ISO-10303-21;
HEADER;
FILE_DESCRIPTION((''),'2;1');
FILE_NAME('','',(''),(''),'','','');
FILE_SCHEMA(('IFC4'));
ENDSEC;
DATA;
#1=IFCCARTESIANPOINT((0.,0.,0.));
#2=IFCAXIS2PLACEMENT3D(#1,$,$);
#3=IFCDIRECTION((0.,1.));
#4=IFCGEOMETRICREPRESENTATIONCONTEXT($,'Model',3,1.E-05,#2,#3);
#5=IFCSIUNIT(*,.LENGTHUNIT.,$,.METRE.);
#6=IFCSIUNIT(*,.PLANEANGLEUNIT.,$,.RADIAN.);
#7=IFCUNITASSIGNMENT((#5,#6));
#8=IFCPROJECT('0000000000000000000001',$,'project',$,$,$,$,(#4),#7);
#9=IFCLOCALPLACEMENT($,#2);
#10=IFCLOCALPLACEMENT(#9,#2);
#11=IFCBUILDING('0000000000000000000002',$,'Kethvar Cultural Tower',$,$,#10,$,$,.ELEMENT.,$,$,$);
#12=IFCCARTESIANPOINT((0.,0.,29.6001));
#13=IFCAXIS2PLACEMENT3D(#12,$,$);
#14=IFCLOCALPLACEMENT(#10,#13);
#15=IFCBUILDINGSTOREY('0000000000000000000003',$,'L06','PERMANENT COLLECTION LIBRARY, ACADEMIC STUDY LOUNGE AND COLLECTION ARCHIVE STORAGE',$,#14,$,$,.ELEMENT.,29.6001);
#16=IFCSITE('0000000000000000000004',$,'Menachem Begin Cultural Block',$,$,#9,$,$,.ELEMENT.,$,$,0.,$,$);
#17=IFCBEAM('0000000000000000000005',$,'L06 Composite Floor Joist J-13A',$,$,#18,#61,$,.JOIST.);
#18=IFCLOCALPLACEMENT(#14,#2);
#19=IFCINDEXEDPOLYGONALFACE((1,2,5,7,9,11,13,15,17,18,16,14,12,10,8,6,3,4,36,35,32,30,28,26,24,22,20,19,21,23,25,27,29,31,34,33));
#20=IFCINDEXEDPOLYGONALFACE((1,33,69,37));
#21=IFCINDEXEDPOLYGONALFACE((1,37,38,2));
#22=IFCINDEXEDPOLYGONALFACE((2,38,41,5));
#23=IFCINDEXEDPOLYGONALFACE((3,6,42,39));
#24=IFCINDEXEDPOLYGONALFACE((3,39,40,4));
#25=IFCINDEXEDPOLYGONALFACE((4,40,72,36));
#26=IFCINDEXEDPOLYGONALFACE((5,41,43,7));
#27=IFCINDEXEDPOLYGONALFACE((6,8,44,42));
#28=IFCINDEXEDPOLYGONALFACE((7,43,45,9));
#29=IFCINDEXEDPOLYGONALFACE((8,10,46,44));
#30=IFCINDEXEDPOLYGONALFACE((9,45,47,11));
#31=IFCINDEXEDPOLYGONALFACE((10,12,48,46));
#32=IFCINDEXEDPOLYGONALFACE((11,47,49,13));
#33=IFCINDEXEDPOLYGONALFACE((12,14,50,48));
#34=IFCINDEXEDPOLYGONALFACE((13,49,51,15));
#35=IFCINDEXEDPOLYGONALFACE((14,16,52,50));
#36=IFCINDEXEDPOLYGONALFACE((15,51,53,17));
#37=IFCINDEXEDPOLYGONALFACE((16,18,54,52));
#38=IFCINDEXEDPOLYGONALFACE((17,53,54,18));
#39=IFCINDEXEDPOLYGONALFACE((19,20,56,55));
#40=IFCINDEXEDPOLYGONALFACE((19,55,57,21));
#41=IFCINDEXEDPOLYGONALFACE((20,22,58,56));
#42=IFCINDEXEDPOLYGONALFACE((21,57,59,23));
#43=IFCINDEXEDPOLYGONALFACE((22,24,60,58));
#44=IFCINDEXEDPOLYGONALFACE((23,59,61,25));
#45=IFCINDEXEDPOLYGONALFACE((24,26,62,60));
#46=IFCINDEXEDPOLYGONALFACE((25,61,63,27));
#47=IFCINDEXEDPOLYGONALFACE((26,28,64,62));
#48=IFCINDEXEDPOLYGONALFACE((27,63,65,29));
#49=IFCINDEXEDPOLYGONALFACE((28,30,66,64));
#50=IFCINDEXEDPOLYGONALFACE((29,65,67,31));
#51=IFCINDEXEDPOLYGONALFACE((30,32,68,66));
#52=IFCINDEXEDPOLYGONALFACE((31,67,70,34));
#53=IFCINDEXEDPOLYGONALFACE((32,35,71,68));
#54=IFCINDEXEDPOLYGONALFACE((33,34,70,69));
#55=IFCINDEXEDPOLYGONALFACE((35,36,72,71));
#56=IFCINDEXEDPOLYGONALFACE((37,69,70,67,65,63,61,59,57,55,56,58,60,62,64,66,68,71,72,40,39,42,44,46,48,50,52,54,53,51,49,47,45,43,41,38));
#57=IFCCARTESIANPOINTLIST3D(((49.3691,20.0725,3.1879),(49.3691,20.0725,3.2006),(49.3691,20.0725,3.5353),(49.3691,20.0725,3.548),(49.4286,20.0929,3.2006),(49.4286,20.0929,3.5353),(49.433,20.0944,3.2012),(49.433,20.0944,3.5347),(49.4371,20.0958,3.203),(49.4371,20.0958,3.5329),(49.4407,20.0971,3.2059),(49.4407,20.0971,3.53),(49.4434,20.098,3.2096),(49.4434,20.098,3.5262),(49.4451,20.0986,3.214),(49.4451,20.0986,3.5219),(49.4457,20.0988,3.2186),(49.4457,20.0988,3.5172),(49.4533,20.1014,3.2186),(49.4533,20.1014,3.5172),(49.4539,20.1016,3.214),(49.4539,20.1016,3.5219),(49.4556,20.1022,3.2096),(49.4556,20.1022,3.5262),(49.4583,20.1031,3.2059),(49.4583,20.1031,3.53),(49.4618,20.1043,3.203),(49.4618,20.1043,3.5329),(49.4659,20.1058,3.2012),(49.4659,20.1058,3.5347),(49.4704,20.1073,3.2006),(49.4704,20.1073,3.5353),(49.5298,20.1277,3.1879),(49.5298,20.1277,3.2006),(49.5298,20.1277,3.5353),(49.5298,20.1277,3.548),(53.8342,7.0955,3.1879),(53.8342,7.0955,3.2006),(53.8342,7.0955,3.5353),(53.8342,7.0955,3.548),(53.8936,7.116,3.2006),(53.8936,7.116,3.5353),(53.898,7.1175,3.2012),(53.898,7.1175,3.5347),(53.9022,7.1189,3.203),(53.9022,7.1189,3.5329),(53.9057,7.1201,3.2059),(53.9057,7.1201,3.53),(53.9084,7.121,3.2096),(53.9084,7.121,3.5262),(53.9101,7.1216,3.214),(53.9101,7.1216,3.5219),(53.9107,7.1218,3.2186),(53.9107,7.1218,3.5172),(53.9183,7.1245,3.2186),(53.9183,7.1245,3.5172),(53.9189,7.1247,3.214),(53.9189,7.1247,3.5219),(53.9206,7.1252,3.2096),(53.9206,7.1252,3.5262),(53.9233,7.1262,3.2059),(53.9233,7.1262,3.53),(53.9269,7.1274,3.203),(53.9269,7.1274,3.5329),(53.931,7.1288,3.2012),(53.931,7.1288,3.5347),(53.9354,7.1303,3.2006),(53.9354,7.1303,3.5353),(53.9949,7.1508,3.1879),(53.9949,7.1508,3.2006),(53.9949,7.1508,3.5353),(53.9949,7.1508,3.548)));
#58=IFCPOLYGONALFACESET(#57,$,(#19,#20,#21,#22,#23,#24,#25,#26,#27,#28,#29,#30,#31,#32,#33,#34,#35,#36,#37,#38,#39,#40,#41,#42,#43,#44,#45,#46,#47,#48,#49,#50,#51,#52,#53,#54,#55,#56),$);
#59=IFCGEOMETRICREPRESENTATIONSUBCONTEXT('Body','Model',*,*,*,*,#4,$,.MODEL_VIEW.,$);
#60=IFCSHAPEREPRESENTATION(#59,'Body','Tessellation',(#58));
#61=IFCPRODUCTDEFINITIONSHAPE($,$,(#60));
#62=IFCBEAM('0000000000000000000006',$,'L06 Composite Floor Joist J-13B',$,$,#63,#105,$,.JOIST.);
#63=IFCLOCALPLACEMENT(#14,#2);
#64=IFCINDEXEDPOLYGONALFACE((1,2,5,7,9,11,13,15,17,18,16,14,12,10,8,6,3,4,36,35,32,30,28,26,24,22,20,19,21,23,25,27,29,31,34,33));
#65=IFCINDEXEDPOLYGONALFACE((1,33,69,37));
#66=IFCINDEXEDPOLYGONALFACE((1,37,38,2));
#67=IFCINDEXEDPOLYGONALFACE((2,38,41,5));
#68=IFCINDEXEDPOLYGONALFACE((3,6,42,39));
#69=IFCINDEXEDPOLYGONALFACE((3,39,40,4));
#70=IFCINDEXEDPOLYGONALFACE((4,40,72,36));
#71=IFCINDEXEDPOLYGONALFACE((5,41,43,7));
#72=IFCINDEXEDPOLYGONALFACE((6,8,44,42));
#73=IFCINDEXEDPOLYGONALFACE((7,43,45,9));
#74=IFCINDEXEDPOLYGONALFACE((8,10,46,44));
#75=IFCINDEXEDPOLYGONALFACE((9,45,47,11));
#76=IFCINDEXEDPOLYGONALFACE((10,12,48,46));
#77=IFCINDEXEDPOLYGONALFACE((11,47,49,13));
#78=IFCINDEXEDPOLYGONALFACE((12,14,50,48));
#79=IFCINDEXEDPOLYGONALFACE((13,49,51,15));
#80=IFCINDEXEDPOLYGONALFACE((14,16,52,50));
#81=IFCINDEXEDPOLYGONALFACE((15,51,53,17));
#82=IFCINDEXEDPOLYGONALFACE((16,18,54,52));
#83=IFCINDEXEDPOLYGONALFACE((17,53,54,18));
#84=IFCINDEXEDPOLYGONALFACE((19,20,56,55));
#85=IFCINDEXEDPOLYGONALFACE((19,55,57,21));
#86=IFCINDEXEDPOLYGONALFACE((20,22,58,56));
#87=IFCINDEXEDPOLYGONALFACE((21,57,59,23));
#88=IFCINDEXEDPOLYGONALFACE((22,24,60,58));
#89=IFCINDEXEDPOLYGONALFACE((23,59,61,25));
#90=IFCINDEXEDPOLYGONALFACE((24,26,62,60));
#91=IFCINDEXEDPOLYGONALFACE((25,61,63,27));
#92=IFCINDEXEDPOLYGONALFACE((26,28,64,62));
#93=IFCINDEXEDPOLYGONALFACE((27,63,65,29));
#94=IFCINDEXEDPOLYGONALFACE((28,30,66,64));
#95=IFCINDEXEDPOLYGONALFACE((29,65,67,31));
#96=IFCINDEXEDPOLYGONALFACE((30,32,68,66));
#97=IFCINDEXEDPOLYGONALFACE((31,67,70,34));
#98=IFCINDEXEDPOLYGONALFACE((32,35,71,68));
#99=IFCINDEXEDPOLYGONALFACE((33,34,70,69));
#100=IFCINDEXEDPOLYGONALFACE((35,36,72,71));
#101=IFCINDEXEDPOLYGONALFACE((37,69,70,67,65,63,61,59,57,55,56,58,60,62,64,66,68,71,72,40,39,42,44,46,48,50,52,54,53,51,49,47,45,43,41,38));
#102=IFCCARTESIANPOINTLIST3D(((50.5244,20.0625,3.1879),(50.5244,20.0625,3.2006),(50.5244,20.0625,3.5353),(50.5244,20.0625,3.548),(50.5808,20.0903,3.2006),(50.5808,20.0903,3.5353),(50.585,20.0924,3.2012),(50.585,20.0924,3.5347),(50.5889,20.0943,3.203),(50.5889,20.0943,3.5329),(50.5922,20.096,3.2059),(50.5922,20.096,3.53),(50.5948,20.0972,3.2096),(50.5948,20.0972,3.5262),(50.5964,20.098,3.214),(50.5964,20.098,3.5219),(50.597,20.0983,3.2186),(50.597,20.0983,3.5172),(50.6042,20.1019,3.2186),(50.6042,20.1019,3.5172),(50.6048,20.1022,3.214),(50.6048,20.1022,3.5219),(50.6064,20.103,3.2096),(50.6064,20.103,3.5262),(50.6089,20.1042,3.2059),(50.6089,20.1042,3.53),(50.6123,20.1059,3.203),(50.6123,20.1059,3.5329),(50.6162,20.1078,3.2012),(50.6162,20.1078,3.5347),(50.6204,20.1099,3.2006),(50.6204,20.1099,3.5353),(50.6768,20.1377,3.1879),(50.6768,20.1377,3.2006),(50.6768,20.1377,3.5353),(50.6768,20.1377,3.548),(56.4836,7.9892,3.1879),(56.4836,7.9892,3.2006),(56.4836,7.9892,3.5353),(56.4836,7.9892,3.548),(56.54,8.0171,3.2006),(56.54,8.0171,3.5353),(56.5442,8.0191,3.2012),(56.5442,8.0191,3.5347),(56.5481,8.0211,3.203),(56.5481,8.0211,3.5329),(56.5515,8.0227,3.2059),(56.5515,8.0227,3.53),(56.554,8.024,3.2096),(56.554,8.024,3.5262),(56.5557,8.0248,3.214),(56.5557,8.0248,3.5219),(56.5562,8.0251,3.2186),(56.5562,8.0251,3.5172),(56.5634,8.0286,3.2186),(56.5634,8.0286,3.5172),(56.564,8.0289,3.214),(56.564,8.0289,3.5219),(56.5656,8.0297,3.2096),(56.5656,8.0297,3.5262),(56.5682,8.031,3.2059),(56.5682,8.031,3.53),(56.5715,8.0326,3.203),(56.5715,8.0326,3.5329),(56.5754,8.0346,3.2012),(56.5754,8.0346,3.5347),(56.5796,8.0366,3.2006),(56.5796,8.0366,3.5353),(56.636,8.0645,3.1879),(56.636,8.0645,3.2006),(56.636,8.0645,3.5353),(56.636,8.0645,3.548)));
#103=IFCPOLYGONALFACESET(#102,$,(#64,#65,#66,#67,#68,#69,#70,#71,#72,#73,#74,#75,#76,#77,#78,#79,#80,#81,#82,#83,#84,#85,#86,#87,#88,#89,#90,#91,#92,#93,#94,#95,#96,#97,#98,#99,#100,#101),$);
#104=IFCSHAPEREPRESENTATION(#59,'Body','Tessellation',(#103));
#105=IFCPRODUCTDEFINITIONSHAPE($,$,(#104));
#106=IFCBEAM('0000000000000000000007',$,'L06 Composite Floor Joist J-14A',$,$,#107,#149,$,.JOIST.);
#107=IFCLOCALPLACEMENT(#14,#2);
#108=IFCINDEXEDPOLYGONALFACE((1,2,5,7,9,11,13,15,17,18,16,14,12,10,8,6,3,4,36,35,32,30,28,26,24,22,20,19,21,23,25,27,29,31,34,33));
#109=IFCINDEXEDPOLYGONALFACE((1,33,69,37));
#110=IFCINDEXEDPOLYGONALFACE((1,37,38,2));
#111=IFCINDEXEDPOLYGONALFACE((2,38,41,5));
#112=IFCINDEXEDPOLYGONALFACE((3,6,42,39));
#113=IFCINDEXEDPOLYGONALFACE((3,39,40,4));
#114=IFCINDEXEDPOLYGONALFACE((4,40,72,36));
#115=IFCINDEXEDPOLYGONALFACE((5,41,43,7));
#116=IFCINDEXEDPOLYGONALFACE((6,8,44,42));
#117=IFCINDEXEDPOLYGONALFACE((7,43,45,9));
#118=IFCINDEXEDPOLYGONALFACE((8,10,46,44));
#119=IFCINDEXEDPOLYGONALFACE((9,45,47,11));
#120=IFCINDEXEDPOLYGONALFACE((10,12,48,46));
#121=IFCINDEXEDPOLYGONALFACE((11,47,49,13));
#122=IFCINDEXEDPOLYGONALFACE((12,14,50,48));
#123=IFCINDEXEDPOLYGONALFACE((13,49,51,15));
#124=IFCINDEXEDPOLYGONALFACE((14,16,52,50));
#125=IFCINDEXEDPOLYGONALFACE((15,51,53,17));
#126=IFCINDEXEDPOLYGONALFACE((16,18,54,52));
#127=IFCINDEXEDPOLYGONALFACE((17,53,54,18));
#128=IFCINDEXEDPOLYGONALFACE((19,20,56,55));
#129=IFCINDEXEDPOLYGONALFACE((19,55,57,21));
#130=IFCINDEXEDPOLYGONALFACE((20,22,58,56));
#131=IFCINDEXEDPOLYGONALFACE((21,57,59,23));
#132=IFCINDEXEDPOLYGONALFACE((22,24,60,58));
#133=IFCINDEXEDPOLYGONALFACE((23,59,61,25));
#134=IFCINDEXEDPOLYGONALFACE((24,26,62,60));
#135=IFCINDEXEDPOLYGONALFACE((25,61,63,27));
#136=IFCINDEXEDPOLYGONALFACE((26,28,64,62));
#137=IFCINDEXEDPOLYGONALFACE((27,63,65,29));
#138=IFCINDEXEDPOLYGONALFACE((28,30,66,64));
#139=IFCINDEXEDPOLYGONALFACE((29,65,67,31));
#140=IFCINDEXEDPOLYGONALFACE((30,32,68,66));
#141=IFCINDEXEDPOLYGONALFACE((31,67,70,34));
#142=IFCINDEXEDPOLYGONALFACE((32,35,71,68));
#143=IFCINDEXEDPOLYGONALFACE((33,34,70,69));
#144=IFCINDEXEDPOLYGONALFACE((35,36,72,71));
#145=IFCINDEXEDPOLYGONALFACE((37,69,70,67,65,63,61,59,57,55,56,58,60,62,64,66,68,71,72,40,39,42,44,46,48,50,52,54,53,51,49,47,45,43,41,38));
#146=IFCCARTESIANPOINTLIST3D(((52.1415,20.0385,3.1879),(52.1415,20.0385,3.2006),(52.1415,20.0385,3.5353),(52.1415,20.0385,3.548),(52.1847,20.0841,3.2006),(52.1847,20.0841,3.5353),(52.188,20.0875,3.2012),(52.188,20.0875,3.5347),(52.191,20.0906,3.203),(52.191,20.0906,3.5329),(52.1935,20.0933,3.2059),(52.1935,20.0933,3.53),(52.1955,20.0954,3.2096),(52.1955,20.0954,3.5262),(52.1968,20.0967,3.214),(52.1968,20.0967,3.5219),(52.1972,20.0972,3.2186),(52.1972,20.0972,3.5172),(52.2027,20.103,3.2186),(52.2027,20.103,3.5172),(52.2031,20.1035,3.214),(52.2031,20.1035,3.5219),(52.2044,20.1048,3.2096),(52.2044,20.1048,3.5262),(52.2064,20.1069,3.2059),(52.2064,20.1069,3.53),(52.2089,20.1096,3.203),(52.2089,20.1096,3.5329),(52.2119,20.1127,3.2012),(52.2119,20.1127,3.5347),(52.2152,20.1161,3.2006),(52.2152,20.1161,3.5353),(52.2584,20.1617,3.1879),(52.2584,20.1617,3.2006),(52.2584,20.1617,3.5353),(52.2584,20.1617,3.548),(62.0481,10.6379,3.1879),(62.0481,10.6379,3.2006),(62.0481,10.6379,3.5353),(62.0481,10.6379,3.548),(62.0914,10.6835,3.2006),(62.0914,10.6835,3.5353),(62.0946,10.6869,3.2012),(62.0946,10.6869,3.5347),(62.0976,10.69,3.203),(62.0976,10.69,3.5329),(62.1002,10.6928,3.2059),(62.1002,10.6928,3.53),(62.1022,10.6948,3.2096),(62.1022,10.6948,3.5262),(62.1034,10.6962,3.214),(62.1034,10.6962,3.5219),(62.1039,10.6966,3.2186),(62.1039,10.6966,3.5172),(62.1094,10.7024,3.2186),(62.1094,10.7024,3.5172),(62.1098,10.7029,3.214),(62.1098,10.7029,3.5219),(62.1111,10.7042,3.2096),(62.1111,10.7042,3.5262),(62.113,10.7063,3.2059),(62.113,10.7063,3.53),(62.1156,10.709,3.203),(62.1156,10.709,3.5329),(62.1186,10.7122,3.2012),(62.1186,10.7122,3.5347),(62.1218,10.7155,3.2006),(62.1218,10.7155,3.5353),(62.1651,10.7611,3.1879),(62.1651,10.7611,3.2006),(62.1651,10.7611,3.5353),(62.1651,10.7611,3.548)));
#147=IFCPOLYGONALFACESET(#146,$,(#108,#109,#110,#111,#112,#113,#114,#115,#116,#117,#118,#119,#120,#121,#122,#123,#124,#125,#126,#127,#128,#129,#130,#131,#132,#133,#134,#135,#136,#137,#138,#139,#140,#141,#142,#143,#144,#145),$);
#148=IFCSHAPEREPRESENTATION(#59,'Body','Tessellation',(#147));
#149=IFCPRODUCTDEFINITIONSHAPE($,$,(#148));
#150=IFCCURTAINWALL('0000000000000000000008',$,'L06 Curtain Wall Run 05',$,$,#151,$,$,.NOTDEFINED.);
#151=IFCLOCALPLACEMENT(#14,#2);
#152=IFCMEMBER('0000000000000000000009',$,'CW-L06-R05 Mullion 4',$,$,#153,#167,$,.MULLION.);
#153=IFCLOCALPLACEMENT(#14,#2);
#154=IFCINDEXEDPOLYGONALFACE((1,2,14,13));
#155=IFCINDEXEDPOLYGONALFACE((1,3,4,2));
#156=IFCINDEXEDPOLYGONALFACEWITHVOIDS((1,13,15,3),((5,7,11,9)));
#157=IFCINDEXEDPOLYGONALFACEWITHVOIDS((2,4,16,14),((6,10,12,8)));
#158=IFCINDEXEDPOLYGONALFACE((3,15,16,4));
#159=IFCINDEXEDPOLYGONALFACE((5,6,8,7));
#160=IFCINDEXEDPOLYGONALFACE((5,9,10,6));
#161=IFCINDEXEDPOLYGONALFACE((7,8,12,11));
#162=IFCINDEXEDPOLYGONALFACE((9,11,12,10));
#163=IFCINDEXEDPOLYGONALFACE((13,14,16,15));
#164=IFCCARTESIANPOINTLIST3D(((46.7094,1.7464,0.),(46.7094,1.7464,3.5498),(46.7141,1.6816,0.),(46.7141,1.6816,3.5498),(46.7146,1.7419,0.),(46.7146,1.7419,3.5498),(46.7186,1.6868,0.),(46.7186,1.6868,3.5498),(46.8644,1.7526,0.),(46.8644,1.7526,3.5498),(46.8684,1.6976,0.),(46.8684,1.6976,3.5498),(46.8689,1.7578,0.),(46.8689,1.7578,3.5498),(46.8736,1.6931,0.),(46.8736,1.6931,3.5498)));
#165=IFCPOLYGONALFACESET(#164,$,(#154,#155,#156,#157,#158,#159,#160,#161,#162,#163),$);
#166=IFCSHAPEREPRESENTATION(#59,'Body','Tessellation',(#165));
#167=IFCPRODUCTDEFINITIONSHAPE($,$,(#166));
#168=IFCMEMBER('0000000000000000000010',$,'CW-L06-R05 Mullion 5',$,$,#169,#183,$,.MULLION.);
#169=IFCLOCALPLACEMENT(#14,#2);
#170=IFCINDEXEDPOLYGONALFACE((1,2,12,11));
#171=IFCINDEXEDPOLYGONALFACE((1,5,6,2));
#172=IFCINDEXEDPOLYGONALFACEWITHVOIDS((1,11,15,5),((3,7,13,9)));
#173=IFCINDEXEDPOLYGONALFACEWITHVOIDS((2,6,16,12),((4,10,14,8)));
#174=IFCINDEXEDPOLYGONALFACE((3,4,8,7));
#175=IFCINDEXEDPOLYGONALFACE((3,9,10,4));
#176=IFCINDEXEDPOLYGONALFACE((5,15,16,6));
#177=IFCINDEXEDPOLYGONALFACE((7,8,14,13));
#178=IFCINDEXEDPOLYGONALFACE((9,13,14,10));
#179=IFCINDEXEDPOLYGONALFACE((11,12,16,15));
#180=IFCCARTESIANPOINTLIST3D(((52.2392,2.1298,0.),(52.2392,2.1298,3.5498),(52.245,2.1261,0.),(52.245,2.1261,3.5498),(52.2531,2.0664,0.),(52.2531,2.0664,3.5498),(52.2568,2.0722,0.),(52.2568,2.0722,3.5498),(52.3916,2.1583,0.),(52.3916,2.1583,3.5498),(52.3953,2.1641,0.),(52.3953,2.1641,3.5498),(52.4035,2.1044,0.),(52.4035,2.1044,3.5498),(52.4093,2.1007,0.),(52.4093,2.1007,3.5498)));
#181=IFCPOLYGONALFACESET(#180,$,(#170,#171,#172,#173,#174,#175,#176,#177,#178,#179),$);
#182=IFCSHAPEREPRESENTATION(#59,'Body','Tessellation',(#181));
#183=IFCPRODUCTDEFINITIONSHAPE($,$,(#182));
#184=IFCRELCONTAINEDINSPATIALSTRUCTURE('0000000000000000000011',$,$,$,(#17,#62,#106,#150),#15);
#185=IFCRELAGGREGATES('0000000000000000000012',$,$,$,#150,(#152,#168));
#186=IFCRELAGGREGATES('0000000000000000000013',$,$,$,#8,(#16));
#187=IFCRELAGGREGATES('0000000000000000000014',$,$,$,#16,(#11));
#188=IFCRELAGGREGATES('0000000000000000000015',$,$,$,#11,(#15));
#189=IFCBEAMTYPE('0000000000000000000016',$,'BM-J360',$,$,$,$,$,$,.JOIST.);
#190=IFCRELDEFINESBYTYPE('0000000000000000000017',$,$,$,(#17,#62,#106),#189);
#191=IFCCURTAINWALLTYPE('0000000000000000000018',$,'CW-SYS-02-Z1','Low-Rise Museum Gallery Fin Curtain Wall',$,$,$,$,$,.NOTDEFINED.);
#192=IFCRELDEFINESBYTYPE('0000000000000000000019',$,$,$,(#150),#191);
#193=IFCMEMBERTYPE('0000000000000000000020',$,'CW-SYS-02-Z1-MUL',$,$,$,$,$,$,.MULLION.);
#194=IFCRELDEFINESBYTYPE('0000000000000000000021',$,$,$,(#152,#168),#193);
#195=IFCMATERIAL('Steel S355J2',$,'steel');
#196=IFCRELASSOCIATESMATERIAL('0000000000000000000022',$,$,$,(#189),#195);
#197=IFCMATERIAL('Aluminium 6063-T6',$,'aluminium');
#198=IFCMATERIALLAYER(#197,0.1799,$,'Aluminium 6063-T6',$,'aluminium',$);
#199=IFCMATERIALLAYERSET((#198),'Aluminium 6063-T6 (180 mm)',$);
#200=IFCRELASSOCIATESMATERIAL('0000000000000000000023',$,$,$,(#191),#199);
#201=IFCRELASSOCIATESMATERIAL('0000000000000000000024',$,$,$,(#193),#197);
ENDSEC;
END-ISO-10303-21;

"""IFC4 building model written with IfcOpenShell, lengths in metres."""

from ifc_helpers import new_model, si_unit, direction, frame, origin, origin_2d, place, context, subcontext, project, spatial, hollow_rectangle, i_section, extrude, source, transform, mapped, material, layer, layer_set, material_profile, profile_set, type_object, element, aggregate, save


model = new_model("IFC4")

# Units and contexts
model_context = context("Model", 3, precision=1e-05, world=origin(), true_north=direction((0.0, 1.0)))
body_context = subcontext(model_context, "Body", "Model", "MODEL_VIEW")
ifc_project = project(units=[si_unit("LENGTHUNIT", "METRE"), si_unit("PLANEANGLEUNIT", "RADIAN")], contexts=[model_context])

# Site, building, storey
site_placement = place(None, origin())
site = spatial("IfcSite", under=ifc_project, at=site_placement, Name="Menachem Begin Cultural Block", CompositionType="ELEMENT", RefElevation=0.0)
building_placement = place(site_placement, origin())
building = spatial("IfcBuilding", under=site, at=building_placement, Name="Kethvar Cultural Tower", CompositionType="ELEMENT")
storey_placement = place(building_placement, frame((0.0, 0.0, 29.6001)))
storey = spatial("IfcBuildingStorey", under=building, at=storey_placement, Name="L06", Description="PERMANENT COLLECTION LIBRARY, ACADEMIC STUDY LOUNGE AND COLLECTION ARCHIVE STORAGE", CompositionType="ELEMENT", Elevation=29.6001)

# Beams
ifc_material_1 = material(Name="Steel S355J2", Category="steel")
ifc_material_profile_1 = material_profile(ifc_material_1, i_section(OverallWidth=0.1699, OverallDepth=0.3601, WebThickness=0.0081, FlangeThickness=0.0127, FilletRadius=0.0181, at=origin_2d()), Name="Steel S355J2 — IPE360")
ifc_profile_set_1 = profile_set([ifc_material_profile_1], Name="Steel S355J2 — IPE360")
beam_type_1 = type_object("IfcBeamType", Name="BM-J360", PredefinedType="JOIST", material=ifc_profile_set_1)
shared_shape_1 = source(origin(), body_context, "Body", "SweptSolid", [
    extrude(i_section(OverallWidth=0.1699, OverallDepth=0.3601, WebThickness=0.0081, FlangeThickness=0.0127, FilletRadius=0.0181, at=origin_2d()), origin(), (0.0, 0.0, 1.0), 13.7236),
])
beam_1_placement = place(storey_placement, frame((49.4495, 20.1001, 3.3679), z_axis=(0.325355, -0.945592, 0.0), x_axis=(0.945592, 0.325355, 0.0)))
element("IfcBeam", 1, at=beam_1_placement, inside=storey, type_object=beam_type_1, Name="L06 Composite Floor Joist J-13A", PredefinedType="JOIST", context=body_context, shape_type="MappedRepresentation", body=[
    mapped(shared_shape_1, transform((0.0, 0.0, 0.0), scale=1.0)),
])
shared_shape_2 = source(origin(), body_context, "Body", "SweptSolid", [
    extrude(i_section(OverallWidth=0.1699, OverallDepth=0.3601, WebThickness=0.0081, FlangeThickness=0.0127, FilletRadius=0.0181, at=origin_2d()), origin(), (0.0, 0.0, 1.0), 13.4639),
])
beam_2_placement = place(storey_placement, frame((50.6006, 20.1001, 3.3679), z_axis=(0.442609, -0.896715, 0.0), x_axis=(0.896715, 0.442609, 0.0)))
element("IfcBeam", 2, at=beam_2_placement, inside=storey, type_object=beam_type_1, Name="L06 Composite Floor Joist J-13B", PredefinedType="JOIST", context=body_context, shape_type="MappedRepresentation", body=[
    mapped(shared_shape_2, transform((0.0, 0.0, 0.0), scale=1.0)),
])
shared_shape_3 = source(origin(), body_context, "Body", "SweptSolid", [
    extrude(i_section(OverallWidth=0.1699, OverallDepth=0.3601, WebThickness=0.0081, FlangeThickness=0.0127, FilletRadius=0.0181, at=origin_2d()), origin(), (0.0, 0.0, 1.0), 13.657),
])
beam_3_placement = place(storey_placement, frame((52.2, 20.1001, 3.3679), z_axis=(0.725393, -0.688335, 0.0), x_axis=(0.688335, 0.725393, 0.0)))
element("IfcBeam", 3, at=beam_3_placement, inside=storey, type_object=beam_type_1, Name="L06 Composite Floor Joist J-14A", PredefinedType="JOIST", context=body_context, shape_type="MappedRepresentation", body=[
    mapped(shared_shape_3, transform((0.0, 0.0, 0.0), scale=1.0)),
])

# Curtain wall, members
ifc_material_2 = material(Name="Aluminium 6063-T6", Category="aluminium")
ifc_layer_1 = layer(ifc_material_2, 0.1799, Name="Aluminium 6063-T6", Category="aluminium")
ifc_layer_set_1 = layer_set([ifc_layer_1], Name="Aluminium 6063-T6 (180 mm)")
curtain_wall_type = type_object("IfcCurtainWallType", Name="CW-SYS-02-Z1", Description="Low-Rise Museum Gallery Fin Curtain Wall", PredefinedType="NOTDEFINED", material=ifc_layer_set_1)
curtain_wall_placement = place(storey_placement, origin())
curtain_wall = element("IfcCurtainWall", 4, at=curtain_wall_placement, inside=storey, type_object=curtain_wall_type, Name="L06 Curtain Wall Run 05", PredefinedType="NOTDEFINED")
ifc_material_profile_2 = material_profile(ifc_material_2, hollow_rectangle(XDim=0.0649, YDim=0.1599, WallThickness=0.0049, at=origin_2d()), Name="Aluminium 6063-T6 — RHS160x65x5")
ifc_profile_set_2 = profile_set([ifc_material_profile_2], Name="Aluminium 6063-T6 — RHS160x65x5")
member_type_1 = type_object("IfcMemberType", Name="CW-SYS-02-Z1-MUL", PredefinedType="MULLION", material=ifc_profile_set_2)
shared_shape_4 = source(origin(), body_context, "Body", "SweptSolid", [
    extrude(hollow_rectangle(XDim=0.0649, YDim=0.1599, WallThickness=0.0049, at=origin_2d()), origin(), (0.0, 0.0, 1.0), 3.5498),
])
member_1_placement = place(storey_placement, frame((46.7915, 1.7197, 0.0), z_axis=(0.0, 0.0, 1.0), x_axis=(-0.071532, 0.997438, 0.0)))
member_1 = element("IfcMember", 5, at=member_1_placement, type_object=member_type_1, Name="CW-L06-R05 Mullion 4", PredefinedType="MULLION", context=body_context, shape_type="MappedRepresentation", body=[
    mapped(shared_shape_4, transform((0.0, 0.0, 0.0), scale=1.0)),
])
member_2_placement = place(storey_placement, frame((52.3242, 2.1152, 0.0), z_axis=(0.0, 0.0, 1.0), x_axis=(-0.214565, 0.97671, 0.0)))
member_2 = element("IfcMember", 6, at=member_2_placement, type_object=member_type_1, Name="CW-L06-R05 Mullion 5", PredefinedType="MULLION", context=body_context, shape_type="MappedRepresentation", body=[
    mapped(shared_shape_4, transform((0.0, 0.0, 0.0), scale=1.0)),
])
aggregate(curtain_wall, [member_1, member_2])

save(model, "model.ifc")
